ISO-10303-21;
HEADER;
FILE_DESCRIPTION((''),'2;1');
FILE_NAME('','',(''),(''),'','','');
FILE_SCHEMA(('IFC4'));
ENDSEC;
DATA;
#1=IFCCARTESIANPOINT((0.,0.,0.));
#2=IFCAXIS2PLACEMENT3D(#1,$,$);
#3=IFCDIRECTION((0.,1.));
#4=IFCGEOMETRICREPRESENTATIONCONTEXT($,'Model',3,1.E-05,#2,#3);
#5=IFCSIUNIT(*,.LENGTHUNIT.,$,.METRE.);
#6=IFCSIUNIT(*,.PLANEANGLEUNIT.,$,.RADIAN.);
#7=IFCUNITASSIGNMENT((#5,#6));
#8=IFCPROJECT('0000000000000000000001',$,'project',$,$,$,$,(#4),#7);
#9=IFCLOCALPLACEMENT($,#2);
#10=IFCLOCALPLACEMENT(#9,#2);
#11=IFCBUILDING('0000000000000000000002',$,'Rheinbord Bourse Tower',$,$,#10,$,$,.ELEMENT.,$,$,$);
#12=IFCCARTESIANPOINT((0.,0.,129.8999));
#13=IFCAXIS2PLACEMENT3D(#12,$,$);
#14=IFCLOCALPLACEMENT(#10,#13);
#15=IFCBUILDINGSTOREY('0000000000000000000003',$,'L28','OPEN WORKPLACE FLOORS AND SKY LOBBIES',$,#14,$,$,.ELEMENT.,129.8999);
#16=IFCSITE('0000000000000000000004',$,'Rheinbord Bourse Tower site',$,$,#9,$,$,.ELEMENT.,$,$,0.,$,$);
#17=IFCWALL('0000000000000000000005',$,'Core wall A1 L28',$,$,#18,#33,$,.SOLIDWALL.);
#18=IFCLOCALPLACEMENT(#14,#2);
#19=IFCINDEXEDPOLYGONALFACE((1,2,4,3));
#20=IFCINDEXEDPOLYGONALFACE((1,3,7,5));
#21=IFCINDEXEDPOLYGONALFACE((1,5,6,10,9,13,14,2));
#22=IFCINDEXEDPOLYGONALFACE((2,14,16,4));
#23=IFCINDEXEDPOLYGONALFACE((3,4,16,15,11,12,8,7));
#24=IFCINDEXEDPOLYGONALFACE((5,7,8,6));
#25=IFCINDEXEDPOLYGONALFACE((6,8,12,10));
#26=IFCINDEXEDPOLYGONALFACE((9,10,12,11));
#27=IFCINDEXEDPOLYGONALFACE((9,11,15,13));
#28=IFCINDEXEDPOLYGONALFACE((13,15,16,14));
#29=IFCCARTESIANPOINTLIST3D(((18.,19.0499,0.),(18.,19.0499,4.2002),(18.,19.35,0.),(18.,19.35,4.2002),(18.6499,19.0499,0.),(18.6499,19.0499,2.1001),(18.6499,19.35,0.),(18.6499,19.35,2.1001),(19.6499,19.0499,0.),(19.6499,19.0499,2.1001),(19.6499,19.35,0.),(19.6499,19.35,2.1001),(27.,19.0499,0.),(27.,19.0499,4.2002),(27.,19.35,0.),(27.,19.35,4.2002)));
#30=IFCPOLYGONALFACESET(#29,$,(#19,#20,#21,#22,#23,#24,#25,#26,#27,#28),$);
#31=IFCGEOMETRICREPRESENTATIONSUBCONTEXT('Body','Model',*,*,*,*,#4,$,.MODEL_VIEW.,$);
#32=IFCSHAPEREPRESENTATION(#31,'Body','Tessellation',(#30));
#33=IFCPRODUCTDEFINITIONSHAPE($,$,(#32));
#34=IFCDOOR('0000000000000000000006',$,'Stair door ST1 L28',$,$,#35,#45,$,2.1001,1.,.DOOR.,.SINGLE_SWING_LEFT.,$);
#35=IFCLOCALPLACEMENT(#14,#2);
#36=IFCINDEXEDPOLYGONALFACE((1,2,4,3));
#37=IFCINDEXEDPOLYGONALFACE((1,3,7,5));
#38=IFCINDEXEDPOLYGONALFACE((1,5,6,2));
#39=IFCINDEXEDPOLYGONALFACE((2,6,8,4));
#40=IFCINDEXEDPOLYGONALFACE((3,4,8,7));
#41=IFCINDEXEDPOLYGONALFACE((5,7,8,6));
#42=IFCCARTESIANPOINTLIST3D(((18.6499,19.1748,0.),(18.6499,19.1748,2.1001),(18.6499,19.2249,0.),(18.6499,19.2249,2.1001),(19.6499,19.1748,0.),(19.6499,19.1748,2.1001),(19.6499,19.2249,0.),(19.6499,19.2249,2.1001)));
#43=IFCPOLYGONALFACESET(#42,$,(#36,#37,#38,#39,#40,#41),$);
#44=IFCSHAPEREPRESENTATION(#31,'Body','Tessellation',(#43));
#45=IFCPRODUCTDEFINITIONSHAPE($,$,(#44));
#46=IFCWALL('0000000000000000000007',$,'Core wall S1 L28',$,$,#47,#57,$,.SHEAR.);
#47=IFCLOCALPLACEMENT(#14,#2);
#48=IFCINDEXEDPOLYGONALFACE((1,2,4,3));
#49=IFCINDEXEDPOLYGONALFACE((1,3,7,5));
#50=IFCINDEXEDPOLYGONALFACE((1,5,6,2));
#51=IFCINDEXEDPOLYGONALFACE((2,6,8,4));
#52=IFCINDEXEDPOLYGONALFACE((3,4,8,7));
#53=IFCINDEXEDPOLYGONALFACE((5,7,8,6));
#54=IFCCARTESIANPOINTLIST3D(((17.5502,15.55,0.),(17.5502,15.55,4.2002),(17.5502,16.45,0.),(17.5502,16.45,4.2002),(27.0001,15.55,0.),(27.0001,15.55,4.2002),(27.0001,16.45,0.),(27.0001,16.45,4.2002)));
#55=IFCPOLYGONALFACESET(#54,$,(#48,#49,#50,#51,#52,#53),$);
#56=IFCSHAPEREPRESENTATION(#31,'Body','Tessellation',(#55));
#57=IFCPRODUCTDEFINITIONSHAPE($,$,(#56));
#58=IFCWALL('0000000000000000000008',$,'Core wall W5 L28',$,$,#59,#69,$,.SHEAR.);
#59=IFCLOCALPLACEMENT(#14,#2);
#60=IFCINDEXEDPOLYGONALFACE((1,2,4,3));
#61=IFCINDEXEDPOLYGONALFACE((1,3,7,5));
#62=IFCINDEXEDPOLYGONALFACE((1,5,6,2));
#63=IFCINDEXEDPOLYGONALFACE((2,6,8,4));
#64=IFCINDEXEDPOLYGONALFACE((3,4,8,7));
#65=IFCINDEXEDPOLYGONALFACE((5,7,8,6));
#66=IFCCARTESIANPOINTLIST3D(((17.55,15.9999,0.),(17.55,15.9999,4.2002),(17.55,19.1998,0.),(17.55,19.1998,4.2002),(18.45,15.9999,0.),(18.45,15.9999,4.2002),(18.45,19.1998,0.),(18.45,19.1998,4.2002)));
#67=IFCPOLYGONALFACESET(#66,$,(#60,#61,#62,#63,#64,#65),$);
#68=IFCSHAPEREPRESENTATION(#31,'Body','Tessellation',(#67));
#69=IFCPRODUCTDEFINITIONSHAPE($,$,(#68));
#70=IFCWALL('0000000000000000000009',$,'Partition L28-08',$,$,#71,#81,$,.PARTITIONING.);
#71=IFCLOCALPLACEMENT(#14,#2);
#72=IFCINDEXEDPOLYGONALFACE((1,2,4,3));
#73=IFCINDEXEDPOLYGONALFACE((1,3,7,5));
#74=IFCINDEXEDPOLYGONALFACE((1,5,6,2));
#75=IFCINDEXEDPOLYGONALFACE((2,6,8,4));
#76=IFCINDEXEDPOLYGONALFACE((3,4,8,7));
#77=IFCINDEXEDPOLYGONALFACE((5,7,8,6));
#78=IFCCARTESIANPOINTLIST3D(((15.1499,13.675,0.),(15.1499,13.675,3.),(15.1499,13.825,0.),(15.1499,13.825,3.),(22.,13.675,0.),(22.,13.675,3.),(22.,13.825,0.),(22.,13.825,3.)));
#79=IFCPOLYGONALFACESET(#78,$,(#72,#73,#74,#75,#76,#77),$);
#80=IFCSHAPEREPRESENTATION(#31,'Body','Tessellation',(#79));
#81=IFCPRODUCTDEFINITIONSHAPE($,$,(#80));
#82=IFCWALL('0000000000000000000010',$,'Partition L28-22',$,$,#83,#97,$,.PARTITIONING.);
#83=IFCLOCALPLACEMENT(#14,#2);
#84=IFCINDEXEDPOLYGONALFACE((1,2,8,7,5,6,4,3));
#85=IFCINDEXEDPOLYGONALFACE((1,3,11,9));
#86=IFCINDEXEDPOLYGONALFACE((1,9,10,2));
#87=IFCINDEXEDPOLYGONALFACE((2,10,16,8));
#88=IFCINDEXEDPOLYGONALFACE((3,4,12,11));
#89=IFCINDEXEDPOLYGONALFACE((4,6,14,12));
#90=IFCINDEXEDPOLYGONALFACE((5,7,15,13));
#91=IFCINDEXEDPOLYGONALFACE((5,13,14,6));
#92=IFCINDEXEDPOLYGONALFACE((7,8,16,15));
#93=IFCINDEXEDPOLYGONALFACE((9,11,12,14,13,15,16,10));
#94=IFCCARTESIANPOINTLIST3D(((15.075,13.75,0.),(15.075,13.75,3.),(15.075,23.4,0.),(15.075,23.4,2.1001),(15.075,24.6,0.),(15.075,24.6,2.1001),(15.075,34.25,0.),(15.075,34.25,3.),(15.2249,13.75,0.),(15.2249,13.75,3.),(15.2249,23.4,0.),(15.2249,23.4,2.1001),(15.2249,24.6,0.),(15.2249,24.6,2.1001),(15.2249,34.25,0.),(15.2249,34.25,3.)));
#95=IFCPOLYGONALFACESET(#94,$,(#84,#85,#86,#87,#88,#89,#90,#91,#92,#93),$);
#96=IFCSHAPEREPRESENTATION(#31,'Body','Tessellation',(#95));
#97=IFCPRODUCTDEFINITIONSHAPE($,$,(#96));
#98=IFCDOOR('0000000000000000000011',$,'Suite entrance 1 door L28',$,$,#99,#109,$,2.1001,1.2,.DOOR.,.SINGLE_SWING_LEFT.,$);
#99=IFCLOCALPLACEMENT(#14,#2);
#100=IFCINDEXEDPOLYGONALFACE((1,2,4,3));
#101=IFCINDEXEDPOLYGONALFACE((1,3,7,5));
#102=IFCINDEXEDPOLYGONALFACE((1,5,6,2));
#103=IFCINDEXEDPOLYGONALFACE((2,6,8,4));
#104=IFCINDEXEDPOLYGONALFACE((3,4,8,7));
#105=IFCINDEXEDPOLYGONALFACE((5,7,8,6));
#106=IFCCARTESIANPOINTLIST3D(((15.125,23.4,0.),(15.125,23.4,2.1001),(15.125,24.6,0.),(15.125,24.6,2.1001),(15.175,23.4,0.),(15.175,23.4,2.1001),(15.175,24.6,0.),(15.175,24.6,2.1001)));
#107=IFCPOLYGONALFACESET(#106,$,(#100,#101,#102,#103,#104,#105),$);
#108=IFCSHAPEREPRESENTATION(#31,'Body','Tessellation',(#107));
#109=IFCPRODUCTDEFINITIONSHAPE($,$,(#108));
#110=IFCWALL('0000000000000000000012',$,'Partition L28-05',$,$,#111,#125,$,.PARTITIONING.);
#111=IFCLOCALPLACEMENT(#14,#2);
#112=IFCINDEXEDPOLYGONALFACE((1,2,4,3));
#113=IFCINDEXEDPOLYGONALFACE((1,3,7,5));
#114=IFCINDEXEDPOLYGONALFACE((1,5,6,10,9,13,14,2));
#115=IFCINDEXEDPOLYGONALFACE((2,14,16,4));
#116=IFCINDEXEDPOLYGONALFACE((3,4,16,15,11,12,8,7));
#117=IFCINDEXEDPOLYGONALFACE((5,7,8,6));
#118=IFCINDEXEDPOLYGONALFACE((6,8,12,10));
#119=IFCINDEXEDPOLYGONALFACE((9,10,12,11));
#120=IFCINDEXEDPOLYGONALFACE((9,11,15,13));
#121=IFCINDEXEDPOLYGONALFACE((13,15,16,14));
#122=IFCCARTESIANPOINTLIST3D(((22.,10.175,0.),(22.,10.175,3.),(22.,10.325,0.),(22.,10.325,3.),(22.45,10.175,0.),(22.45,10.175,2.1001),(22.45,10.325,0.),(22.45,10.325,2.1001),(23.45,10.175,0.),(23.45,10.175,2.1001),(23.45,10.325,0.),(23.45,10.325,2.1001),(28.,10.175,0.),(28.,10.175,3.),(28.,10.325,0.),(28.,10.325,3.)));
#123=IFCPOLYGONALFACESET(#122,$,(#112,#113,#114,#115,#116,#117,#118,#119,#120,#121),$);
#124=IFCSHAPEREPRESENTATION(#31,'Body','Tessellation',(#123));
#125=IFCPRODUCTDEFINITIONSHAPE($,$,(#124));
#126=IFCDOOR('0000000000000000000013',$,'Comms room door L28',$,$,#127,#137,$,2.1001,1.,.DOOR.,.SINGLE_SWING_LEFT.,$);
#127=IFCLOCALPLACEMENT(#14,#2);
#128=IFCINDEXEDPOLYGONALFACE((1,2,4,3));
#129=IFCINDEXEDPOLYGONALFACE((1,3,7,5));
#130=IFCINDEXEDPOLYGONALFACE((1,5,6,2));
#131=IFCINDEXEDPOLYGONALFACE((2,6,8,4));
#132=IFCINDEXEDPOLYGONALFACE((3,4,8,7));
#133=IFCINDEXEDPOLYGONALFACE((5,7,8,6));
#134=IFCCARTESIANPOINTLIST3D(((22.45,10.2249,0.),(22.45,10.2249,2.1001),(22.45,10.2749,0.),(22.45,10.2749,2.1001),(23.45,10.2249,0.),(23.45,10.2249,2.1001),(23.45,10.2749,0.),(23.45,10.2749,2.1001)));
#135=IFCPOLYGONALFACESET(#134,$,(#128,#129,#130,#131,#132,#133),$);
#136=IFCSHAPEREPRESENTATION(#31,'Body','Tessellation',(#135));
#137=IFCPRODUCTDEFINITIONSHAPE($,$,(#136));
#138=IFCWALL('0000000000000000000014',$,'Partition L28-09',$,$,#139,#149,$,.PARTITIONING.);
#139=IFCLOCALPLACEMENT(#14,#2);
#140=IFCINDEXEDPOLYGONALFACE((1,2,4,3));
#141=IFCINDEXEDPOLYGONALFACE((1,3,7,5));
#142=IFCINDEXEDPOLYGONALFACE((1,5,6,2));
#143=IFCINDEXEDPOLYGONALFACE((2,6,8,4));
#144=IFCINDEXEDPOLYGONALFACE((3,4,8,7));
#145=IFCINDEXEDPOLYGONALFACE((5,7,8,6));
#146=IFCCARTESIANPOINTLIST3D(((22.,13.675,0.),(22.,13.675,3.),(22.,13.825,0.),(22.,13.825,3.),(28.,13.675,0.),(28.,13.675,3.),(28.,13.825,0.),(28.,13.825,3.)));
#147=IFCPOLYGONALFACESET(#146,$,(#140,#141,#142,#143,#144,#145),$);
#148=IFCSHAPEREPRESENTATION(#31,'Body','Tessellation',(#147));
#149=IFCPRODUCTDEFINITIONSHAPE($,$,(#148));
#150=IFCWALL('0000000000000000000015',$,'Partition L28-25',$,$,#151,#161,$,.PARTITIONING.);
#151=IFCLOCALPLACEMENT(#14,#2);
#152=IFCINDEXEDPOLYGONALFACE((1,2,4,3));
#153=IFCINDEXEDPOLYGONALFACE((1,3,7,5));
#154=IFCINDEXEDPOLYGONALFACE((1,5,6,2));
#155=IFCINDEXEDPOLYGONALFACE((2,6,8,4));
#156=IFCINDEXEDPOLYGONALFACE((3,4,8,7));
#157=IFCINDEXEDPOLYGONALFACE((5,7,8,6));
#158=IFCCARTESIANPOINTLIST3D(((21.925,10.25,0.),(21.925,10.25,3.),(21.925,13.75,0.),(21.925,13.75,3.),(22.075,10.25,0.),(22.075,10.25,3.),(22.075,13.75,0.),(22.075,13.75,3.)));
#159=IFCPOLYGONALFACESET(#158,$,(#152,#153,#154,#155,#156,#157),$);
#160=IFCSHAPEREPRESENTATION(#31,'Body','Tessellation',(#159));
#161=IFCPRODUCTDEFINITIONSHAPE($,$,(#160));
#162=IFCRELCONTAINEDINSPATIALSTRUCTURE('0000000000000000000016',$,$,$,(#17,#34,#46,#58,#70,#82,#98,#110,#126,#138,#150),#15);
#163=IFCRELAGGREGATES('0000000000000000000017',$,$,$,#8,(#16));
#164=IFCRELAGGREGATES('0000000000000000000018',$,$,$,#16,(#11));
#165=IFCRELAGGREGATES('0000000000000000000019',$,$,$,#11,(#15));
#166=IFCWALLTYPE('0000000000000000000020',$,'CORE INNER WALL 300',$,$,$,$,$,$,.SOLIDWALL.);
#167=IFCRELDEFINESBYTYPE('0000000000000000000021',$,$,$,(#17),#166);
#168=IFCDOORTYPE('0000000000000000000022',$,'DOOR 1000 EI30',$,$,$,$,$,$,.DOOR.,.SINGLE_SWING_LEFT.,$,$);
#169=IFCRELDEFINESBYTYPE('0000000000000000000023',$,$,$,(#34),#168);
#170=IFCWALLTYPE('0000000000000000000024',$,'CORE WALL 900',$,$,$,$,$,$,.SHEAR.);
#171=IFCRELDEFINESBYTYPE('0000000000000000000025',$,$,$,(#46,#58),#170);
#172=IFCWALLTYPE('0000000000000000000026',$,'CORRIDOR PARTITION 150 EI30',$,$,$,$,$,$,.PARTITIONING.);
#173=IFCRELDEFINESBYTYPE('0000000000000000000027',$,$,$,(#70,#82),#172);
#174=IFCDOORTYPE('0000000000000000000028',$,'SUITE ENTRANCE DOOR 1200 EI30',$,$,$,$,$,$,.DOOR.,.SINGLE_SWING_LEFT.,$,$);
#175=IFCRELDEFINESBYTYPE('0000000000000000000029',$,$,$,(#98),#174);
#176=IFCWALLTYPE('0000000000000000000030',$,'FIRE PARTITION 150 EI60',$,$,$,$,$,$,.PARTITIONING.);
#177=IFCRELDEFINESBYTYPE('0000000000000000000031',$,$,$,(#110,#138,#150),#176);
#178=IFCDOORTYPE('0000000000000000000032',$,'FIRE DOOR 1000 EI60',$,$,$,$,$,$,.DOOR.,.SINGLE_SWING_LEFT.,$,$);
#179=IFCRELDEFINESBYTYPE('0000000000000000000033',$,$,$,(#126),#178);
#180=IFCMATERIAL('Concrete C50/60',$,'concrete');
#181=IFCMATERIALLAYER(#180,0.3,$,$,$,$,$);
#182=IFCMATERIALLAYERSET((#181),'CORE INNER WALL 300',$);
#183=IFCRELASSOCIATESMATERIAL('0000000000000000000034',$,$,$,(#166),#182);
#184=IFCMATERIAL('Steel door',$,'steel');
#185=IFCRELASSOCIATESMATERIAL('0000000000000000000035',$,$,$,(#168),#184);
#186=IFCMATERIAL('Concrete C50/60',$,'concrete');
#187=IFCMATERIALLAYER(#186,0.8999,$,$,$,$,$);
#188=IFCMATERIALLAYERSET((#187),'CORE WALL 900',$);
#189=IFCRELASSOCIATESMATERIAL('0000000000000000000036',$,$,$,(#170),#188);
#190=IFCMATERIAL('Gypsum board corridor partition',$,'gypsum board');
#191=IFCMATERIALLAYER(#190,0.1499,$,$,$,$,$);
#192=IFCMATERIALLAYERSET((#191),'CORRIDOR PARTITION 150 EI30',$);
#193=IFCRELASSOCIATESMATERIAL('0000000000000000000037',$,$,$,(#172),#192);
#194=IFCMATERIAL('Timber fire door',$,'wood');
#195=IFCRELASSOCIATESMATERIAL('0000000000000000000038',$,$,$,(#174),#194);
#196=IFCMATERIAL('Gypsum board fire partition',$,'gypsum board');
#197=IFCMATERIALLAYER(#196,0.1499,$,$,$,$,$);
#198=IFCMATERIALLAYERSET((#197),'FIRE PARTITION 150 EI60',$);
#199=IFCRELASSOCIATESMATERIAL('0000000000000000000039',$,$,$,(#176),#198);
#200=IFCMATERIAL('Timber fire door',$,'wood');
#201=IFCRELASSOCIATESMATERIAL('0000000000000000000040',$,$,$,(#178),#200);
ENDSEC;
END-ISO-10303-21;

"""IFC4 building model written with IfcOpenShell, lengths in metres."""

from ifc_helpers import new_model, si_unit, direction, frame, frame_2d, origin, place, context, subcontext, project, spatial, rectangle, extrude, material, layer, layer_set, type_object, element, fill, save


model = new_model("IFC4")

# Units and contexts
model_context = context("Model", 3, precision=1e-05, world=origin(), true_north=direction((0.0, 1.0)))
body_context = subcontext(model_context, "Body", "Model", "MODEL_VIEW")
ifc_project = project(units=[si_unit("LENGTHUNIT", "METRE"), si_unit("PLANEANGLEUNIT", "RADIAN")], contexts=[model_context])

# Site, building, storey
site_placement = place(None, origin())
site = spatial("IfcSite", under=ifc_project, at=site_placement, Name="Rheinbord Bourse Tower site", CompositionType="ELEMENT", RefElevation=0.0)
building_placement = place(site_placement, origin())
building = spatial("IfcBuilding", under=site, at=building_placement, Name="Rheinbord Bourse Tower", CompositionType="ELEMENT")
storey_placement = place(building_placement, frame((0.0, 0.0, 129.8999)))
storey = spatial("IfcBuildingStorey", under=building, at=storey_placement, Name="L28", Description="OPEN WORKPLACE FLOORS AND SKY LOBBIES", CompositionType="ELEMENT", Elevation=129.8999)

# Wall, opening, door
ifc_material_1 = material(Name="Concrete C50/60", Category="concrete")
ifc_layer_1 = layer(ifc_material_1, 0.3)
ifc_layer_set_1 = layer_set([ifc_layer_1], Name="CORE INNER WALL 300")
wall_type_1 = type_object("IfcWallType", Name="CORE INNER WALL 300", PredefinedType="SOLIDWALL", material=ifc_layer_set_1)
wall_1_placement = place(storey_placement, frame((18.0, 19.2, 0.0), z_axis=(0.0, 0.0, 1.0), x_axis=(1.0, 0.0, 0.0)))
wall_1 = element("IfcWall", 1, at=wall_1_placement, inside=storey, type_object=wall_type_1, Name="Core wall A1 L28", PredefinedType="SOLIDWALL", context=body_context, shape_type="SweptSolid", body=[
    extrude(rectangle(XDim=9.0, YDim=0.3, at=frame_2d((4.5, 0.0))), origin(), (0.0, 0.0, 1.0), 4.2002),
])
opening_1_placement = place(wall_1_placement, frame((0.6499, 0.0, 0.0)))
opening_1 = element("IfcOpeningElement", 2, at=opening_1_placement, cuts=wall_1, PredefinedType="OPENING", context=body_context, shape_type="SweptSolid", body=[
    extrude(rectangle(XDim=1.0, YDim=2.1001, at=frame_2d((0.5, 1.05))), frame((0.0, 0.1599, 0.0), z_axis=(0.0, -1.0, 0.0), x_axis=(1.0, 0.0, 0.0)), (0.0, 0.0, 1.0), 0.3201),
])
ifc_material_2 = material(Name="Steel door", Category="steel")
door_type_1 = type_object("IfcDoorType", Name="DOOR 1000 EI30", OperationType="SINGLE_SWING_LEFT", PredefinedType="DOOR", material=ifc_material_2)
door_1_placement = place(opening_1_placement, origin())
door_1 = element("IfcDoor", 3, at=door_1_placement, inside=storey, type_object=door_type_1, Name="Stair door ST1 L28", OperationType="SINGLE_SWING_LEFT", OverallHeight=2.1001, OverallWidth=1.0, PredefinedType="DOOR", context=body_context, shape_type="SweptSolid", body=[
    extrude(rectangle(XDim=1.0, YDim=2.1001, at=frame_2d((0.5, 1.05))), frame((0.0, 0.0249, 0.0), z_axis=(0.0, -1.0, 0.0), x_axis=(1.0, 0.0, 0.0)), (0.0, 0.0, 1.0), 0.05),
])
fill(opening_1, door_1)

# Walls
ifc_material_3 = material(Name="Concrete C50/60", Category="concrete")
ifc_layer_2 = layer(ifc_material_3, 0.8999)
ifc_layer_set_2 = layer_set([ifc_layer_2], Name="CORE WALL 900")
wall_type_2 = type_object("IfcWallType", Name="CORE WALL 900", PredefinedType="SHEAR", material=ifc_layer_set_2)
wall_2_placement = place(storey_placement, frame((17.55, 16.0, 0.0), z_axis=(0.0, 0.0, 1.0), x_axis=(1.0, 0.0, 0.0)))
element("IfcWall", 4, at=wall_2_placement, inside=storey, type_object=wall_type_2, Name="Core wall S1 L28", PredefinedType="SHEAR", context=body_context, shape_type="SweptSolid", body=[
    extrude(rectangle(XDim=9.45, YDim=0.8999, at=frame_2d((4.7251, 0.0))), origin(), (0.0, 0.0, 1.0), 4.2002),
])
wall_3_placement = place(storey_placement, frame((18.0, 19.2, 0.0), z_axis=(0.0, 0.0, 1.0), x_axis=(0.0, -1.0, 0.0)))
element("IfcWall", 5, at=wall_3_placement, inside=storey, type_object=wall_type_2, Name="Core wall W5 L28", PredefinedType="SHEAR", context=body_context, shape_type="SweptSolid", body=[
    extrude(rectangle(XDim=3.2, YDim=0.8999, at=frame_2d((1.6001, 0.0))), origin(), (0.0, 0.0, 1.0), 4.2002),
])
ifc_material_4 = material(Name="Gypsum board corridor partition", Category="gypsum board")
ifc_layer_3 = layer(ifc_material_4, 0.1499)
ifc_layer_set_3 = layer_set([ifc_layer_3], Name="CORRIDOR PARTITION 150 EI30")
wall_type_3 = type_object("IfcWallType", Name="CORRIDOR PARTITION 150 EI30", PredefinedType="PARTITIONING", material=ifc_layer_set_3)
wall_4_placement = place(storey_placement, frame((15.1499, 13.75, 0.0), z_axis=(0.0, 0.0, 1.0), x_axis=(1.0, 0.0, 0.0)))
element("IfcWall", 6, at=wall_4_placement, inside=storey, type_object=wall_type_3, Name="Partition L28-08", PredefinedType="PARTITIONING", context=body_context, shape_type="SweptSolid", body=[
    extrude(rectangle(XDim=6.8501, YDim=0.1499, at=frame_2d((3.425, 0.0))), origin(), (0.0, 0.0, 1.0), 3.0),
])

# Walls, openings, doors
wall_5_placement = place(storey_placement, frame((15.1499, 13.75, 0.0), z_axis=(0.0, 0.0, 1.0), x_axis=(0.0, 1.0, 0.0)))
wall_5 = element("IfcWall", 7, at=wall_5_placement, inside=storey, type_object=wall_type_3, Name="Partition L28-22", PredefinedType="PARTITIONING", context=body_context, shape_type="SweptSolid", body=[
    extrude(rectangle(XDim=20.5, YDim=0.1499, at=frame_2d((10.25, 0.0))), origin(), (0.0, 0.0, 1.0), 3.0),
])
opening_2_placement = place(wall_5_placement, frame((9.6499, 0.0, 0.0)))
opening_2 = element("IfcOpeningElement", 8, at=opening_2_placement, cuts=wall_5, PredefinedType="OPENING", context=body_context, shape_type="SweptSolid", body=[
    extrude(rectangle(XDim=1.2, YDim=2.1001, at=frame_2d((0.6001, 1.05))), frame((0.0, 0.085, 0.0), z_axis=(0.0, -1.0, 0.0), x_axis=(1.0, 0.0, 0.0)), (0.0, 0.0, 1.0), 0.1699),
])
ifc_material_5 = material(Name="Timber fire door", Category="wood")
door_type_2 = type_object("IfcDoorType", Name="SUITE ENTRANCE DOOR 1200 EI30", OperationType="SINGLE_SWING_LEFT", PredefinedType="DOOR", material=ifc_material_5)
door_2_placement = place(opening_2_placement, origin())
door_2 = element("IfcDoor", 9, at=door_2_placement, inside=storey, type_object=door_type_2, Name="Suite entrance 1 door L28", OperationType="SINGLE_SWING_LEFT", OverallHeight=2.1001, OverallWidth=1.2, PredefinedType="DOOR", context=body_context, shape_type="SweptSolid", body=[
    extrude(rectangle(XDim=1.2, YDim=2.1001, at=frame_2d((0.6001, 1.05))), frame((0.0, 0.0249, 0.0), z_axis=(0.0, -1.0, 0.0), x_axis=(1.0, 0.0, 0.0)), (0.0, 0.0, 1.0), 0.05),
])
fill(opening_2, door_2)
ifc_material_6 = material(Name="Gypsum board fire partition", Category="gypsum board")
ifc_layer_4 = layer(ifc_material_6, 0.1499)
ifc_layer_set_4 = layer_set([ifc_layer_4], Name="FIRE PARTITION 150 EI60")
wall_type_4 = type_object("IfcWallType", Name="FIRE PARTITION 150 EI60", PredefinedType="PARTITIONING", material=ifc_layer_set_4)
wall_6_placement = place(storey_placement, frame((22.0, 10.25, 0.0), z_axis=(0.0, 0.0, 1.0), x_axis=(1.0, 0.0, 0.0)))
wall_6 = element("IfcWall", 10, at=wall_6_placement, inside=storey, type_object=wall_type_4, Name="Partition L28-05", PredefinedType="PARTITIONING", context=body_context, shape_type="SweptSolid", body=[
    extrude(rectangle(XDim=6.0, YDim=0.1499, at=frame_2d((3.0, 0.0))), origin(), (0.0, 0.0, 1.0), 3.0),
])
opening_3_placement = place(wall_6_placement, frame((0.45, 0.0, 0.0)))
opening_3 = element("IfcOpeningElement", 11, at=opening_3_placement, cuts=wall_6, PredefinedType="OPENING", context=body_context, shape_type="SweptSolid", body=[
    extrude(rectangle(XDim=1.0, YDim=2.1001, at=frame_2d((0.5, 1.05))), frame((0.0, 0.085, 0.0), z_axis=(0.0, -1.0, 0.0), x_axis=(1.0, 0.0, 0.0)), (0.0, 0.0, 1.0), 0.1699),
])
ifc_material_7 = material(Name="Timber fire door", Category="wood")
door_type_3 = type_object("IfcDoorType", Name="FIRE DOOR 1000 EI60", OperationType="SINGLE_SWING_LEFT", PredefinedType="DOOR", material=ifc_material_7)
door_3_placement = place(opening_3_placement, origin())
door_3 = element("IfcDoor", 12, at=door_3_placement, inside=storey, type_object=door_type_3, Name="Comms room door L28", OperationType="SINGLE_SWING_LEFT", OverallHeight=2.1001, OverallWidth=1.0, PredefinedType="DOOR", context=body_context, shape_type="SweptSolid", body=[
    extrude(rectangle(XDim=1.0, YDim=2.1001, at=frame_2d((0.5, 1.05))), frame((0.0, 0.0249, 0.0), z_axis=(0.0, -1.0, 0.0), x_axis=(1.0, 0.0, 0.0)), (0.0, 0.0, 1.0), 0.05),
])
fill(opening_3, door_3)

# Walls
wall_7_placement = place(storey_placement, frame((22.0, 13.75, 0.0), z_axis=(0.0, 0.0, 1.0), x_axis=(1.0, 0.0, 0.0)))
element("IfcWall", 13, at=wall_7_placement, inside=storey, type_object=wall_type_4, Name="Partition L28-09", PredefinedType="PARTITIONING", context=body_context, shape_type="SweptSolid", body=[
    extrude(rectangle(XDim=6.0, YDim=0.1499, at=frame_2d((3.0, 0.0))), origin(), (0.0, 0.0, 1.0), 3.0),
])
wall_8_placement = place(storey_placement, frame((22.0, 10.25, 0.0), z_axis=(0.0, 0.0, 1.0), x_axis=(0.0, 1.0, 0.0)))
element("IfcWall", 14, at=wall_8_placement, inside=storey, type_object=wall_type_4, Name="Partition L28-25", PredefinedType="PARTITIONING", context=body_context, shape_type="SweptSolid", body=[
    extrude(rectangle(XDim=3.5, YDim=0.1499, at=frame_2d((1.75, 0.0))), origin(), (0.0, 0.0, 1.0), 3.0),
])

save(model, "model.ifc")
